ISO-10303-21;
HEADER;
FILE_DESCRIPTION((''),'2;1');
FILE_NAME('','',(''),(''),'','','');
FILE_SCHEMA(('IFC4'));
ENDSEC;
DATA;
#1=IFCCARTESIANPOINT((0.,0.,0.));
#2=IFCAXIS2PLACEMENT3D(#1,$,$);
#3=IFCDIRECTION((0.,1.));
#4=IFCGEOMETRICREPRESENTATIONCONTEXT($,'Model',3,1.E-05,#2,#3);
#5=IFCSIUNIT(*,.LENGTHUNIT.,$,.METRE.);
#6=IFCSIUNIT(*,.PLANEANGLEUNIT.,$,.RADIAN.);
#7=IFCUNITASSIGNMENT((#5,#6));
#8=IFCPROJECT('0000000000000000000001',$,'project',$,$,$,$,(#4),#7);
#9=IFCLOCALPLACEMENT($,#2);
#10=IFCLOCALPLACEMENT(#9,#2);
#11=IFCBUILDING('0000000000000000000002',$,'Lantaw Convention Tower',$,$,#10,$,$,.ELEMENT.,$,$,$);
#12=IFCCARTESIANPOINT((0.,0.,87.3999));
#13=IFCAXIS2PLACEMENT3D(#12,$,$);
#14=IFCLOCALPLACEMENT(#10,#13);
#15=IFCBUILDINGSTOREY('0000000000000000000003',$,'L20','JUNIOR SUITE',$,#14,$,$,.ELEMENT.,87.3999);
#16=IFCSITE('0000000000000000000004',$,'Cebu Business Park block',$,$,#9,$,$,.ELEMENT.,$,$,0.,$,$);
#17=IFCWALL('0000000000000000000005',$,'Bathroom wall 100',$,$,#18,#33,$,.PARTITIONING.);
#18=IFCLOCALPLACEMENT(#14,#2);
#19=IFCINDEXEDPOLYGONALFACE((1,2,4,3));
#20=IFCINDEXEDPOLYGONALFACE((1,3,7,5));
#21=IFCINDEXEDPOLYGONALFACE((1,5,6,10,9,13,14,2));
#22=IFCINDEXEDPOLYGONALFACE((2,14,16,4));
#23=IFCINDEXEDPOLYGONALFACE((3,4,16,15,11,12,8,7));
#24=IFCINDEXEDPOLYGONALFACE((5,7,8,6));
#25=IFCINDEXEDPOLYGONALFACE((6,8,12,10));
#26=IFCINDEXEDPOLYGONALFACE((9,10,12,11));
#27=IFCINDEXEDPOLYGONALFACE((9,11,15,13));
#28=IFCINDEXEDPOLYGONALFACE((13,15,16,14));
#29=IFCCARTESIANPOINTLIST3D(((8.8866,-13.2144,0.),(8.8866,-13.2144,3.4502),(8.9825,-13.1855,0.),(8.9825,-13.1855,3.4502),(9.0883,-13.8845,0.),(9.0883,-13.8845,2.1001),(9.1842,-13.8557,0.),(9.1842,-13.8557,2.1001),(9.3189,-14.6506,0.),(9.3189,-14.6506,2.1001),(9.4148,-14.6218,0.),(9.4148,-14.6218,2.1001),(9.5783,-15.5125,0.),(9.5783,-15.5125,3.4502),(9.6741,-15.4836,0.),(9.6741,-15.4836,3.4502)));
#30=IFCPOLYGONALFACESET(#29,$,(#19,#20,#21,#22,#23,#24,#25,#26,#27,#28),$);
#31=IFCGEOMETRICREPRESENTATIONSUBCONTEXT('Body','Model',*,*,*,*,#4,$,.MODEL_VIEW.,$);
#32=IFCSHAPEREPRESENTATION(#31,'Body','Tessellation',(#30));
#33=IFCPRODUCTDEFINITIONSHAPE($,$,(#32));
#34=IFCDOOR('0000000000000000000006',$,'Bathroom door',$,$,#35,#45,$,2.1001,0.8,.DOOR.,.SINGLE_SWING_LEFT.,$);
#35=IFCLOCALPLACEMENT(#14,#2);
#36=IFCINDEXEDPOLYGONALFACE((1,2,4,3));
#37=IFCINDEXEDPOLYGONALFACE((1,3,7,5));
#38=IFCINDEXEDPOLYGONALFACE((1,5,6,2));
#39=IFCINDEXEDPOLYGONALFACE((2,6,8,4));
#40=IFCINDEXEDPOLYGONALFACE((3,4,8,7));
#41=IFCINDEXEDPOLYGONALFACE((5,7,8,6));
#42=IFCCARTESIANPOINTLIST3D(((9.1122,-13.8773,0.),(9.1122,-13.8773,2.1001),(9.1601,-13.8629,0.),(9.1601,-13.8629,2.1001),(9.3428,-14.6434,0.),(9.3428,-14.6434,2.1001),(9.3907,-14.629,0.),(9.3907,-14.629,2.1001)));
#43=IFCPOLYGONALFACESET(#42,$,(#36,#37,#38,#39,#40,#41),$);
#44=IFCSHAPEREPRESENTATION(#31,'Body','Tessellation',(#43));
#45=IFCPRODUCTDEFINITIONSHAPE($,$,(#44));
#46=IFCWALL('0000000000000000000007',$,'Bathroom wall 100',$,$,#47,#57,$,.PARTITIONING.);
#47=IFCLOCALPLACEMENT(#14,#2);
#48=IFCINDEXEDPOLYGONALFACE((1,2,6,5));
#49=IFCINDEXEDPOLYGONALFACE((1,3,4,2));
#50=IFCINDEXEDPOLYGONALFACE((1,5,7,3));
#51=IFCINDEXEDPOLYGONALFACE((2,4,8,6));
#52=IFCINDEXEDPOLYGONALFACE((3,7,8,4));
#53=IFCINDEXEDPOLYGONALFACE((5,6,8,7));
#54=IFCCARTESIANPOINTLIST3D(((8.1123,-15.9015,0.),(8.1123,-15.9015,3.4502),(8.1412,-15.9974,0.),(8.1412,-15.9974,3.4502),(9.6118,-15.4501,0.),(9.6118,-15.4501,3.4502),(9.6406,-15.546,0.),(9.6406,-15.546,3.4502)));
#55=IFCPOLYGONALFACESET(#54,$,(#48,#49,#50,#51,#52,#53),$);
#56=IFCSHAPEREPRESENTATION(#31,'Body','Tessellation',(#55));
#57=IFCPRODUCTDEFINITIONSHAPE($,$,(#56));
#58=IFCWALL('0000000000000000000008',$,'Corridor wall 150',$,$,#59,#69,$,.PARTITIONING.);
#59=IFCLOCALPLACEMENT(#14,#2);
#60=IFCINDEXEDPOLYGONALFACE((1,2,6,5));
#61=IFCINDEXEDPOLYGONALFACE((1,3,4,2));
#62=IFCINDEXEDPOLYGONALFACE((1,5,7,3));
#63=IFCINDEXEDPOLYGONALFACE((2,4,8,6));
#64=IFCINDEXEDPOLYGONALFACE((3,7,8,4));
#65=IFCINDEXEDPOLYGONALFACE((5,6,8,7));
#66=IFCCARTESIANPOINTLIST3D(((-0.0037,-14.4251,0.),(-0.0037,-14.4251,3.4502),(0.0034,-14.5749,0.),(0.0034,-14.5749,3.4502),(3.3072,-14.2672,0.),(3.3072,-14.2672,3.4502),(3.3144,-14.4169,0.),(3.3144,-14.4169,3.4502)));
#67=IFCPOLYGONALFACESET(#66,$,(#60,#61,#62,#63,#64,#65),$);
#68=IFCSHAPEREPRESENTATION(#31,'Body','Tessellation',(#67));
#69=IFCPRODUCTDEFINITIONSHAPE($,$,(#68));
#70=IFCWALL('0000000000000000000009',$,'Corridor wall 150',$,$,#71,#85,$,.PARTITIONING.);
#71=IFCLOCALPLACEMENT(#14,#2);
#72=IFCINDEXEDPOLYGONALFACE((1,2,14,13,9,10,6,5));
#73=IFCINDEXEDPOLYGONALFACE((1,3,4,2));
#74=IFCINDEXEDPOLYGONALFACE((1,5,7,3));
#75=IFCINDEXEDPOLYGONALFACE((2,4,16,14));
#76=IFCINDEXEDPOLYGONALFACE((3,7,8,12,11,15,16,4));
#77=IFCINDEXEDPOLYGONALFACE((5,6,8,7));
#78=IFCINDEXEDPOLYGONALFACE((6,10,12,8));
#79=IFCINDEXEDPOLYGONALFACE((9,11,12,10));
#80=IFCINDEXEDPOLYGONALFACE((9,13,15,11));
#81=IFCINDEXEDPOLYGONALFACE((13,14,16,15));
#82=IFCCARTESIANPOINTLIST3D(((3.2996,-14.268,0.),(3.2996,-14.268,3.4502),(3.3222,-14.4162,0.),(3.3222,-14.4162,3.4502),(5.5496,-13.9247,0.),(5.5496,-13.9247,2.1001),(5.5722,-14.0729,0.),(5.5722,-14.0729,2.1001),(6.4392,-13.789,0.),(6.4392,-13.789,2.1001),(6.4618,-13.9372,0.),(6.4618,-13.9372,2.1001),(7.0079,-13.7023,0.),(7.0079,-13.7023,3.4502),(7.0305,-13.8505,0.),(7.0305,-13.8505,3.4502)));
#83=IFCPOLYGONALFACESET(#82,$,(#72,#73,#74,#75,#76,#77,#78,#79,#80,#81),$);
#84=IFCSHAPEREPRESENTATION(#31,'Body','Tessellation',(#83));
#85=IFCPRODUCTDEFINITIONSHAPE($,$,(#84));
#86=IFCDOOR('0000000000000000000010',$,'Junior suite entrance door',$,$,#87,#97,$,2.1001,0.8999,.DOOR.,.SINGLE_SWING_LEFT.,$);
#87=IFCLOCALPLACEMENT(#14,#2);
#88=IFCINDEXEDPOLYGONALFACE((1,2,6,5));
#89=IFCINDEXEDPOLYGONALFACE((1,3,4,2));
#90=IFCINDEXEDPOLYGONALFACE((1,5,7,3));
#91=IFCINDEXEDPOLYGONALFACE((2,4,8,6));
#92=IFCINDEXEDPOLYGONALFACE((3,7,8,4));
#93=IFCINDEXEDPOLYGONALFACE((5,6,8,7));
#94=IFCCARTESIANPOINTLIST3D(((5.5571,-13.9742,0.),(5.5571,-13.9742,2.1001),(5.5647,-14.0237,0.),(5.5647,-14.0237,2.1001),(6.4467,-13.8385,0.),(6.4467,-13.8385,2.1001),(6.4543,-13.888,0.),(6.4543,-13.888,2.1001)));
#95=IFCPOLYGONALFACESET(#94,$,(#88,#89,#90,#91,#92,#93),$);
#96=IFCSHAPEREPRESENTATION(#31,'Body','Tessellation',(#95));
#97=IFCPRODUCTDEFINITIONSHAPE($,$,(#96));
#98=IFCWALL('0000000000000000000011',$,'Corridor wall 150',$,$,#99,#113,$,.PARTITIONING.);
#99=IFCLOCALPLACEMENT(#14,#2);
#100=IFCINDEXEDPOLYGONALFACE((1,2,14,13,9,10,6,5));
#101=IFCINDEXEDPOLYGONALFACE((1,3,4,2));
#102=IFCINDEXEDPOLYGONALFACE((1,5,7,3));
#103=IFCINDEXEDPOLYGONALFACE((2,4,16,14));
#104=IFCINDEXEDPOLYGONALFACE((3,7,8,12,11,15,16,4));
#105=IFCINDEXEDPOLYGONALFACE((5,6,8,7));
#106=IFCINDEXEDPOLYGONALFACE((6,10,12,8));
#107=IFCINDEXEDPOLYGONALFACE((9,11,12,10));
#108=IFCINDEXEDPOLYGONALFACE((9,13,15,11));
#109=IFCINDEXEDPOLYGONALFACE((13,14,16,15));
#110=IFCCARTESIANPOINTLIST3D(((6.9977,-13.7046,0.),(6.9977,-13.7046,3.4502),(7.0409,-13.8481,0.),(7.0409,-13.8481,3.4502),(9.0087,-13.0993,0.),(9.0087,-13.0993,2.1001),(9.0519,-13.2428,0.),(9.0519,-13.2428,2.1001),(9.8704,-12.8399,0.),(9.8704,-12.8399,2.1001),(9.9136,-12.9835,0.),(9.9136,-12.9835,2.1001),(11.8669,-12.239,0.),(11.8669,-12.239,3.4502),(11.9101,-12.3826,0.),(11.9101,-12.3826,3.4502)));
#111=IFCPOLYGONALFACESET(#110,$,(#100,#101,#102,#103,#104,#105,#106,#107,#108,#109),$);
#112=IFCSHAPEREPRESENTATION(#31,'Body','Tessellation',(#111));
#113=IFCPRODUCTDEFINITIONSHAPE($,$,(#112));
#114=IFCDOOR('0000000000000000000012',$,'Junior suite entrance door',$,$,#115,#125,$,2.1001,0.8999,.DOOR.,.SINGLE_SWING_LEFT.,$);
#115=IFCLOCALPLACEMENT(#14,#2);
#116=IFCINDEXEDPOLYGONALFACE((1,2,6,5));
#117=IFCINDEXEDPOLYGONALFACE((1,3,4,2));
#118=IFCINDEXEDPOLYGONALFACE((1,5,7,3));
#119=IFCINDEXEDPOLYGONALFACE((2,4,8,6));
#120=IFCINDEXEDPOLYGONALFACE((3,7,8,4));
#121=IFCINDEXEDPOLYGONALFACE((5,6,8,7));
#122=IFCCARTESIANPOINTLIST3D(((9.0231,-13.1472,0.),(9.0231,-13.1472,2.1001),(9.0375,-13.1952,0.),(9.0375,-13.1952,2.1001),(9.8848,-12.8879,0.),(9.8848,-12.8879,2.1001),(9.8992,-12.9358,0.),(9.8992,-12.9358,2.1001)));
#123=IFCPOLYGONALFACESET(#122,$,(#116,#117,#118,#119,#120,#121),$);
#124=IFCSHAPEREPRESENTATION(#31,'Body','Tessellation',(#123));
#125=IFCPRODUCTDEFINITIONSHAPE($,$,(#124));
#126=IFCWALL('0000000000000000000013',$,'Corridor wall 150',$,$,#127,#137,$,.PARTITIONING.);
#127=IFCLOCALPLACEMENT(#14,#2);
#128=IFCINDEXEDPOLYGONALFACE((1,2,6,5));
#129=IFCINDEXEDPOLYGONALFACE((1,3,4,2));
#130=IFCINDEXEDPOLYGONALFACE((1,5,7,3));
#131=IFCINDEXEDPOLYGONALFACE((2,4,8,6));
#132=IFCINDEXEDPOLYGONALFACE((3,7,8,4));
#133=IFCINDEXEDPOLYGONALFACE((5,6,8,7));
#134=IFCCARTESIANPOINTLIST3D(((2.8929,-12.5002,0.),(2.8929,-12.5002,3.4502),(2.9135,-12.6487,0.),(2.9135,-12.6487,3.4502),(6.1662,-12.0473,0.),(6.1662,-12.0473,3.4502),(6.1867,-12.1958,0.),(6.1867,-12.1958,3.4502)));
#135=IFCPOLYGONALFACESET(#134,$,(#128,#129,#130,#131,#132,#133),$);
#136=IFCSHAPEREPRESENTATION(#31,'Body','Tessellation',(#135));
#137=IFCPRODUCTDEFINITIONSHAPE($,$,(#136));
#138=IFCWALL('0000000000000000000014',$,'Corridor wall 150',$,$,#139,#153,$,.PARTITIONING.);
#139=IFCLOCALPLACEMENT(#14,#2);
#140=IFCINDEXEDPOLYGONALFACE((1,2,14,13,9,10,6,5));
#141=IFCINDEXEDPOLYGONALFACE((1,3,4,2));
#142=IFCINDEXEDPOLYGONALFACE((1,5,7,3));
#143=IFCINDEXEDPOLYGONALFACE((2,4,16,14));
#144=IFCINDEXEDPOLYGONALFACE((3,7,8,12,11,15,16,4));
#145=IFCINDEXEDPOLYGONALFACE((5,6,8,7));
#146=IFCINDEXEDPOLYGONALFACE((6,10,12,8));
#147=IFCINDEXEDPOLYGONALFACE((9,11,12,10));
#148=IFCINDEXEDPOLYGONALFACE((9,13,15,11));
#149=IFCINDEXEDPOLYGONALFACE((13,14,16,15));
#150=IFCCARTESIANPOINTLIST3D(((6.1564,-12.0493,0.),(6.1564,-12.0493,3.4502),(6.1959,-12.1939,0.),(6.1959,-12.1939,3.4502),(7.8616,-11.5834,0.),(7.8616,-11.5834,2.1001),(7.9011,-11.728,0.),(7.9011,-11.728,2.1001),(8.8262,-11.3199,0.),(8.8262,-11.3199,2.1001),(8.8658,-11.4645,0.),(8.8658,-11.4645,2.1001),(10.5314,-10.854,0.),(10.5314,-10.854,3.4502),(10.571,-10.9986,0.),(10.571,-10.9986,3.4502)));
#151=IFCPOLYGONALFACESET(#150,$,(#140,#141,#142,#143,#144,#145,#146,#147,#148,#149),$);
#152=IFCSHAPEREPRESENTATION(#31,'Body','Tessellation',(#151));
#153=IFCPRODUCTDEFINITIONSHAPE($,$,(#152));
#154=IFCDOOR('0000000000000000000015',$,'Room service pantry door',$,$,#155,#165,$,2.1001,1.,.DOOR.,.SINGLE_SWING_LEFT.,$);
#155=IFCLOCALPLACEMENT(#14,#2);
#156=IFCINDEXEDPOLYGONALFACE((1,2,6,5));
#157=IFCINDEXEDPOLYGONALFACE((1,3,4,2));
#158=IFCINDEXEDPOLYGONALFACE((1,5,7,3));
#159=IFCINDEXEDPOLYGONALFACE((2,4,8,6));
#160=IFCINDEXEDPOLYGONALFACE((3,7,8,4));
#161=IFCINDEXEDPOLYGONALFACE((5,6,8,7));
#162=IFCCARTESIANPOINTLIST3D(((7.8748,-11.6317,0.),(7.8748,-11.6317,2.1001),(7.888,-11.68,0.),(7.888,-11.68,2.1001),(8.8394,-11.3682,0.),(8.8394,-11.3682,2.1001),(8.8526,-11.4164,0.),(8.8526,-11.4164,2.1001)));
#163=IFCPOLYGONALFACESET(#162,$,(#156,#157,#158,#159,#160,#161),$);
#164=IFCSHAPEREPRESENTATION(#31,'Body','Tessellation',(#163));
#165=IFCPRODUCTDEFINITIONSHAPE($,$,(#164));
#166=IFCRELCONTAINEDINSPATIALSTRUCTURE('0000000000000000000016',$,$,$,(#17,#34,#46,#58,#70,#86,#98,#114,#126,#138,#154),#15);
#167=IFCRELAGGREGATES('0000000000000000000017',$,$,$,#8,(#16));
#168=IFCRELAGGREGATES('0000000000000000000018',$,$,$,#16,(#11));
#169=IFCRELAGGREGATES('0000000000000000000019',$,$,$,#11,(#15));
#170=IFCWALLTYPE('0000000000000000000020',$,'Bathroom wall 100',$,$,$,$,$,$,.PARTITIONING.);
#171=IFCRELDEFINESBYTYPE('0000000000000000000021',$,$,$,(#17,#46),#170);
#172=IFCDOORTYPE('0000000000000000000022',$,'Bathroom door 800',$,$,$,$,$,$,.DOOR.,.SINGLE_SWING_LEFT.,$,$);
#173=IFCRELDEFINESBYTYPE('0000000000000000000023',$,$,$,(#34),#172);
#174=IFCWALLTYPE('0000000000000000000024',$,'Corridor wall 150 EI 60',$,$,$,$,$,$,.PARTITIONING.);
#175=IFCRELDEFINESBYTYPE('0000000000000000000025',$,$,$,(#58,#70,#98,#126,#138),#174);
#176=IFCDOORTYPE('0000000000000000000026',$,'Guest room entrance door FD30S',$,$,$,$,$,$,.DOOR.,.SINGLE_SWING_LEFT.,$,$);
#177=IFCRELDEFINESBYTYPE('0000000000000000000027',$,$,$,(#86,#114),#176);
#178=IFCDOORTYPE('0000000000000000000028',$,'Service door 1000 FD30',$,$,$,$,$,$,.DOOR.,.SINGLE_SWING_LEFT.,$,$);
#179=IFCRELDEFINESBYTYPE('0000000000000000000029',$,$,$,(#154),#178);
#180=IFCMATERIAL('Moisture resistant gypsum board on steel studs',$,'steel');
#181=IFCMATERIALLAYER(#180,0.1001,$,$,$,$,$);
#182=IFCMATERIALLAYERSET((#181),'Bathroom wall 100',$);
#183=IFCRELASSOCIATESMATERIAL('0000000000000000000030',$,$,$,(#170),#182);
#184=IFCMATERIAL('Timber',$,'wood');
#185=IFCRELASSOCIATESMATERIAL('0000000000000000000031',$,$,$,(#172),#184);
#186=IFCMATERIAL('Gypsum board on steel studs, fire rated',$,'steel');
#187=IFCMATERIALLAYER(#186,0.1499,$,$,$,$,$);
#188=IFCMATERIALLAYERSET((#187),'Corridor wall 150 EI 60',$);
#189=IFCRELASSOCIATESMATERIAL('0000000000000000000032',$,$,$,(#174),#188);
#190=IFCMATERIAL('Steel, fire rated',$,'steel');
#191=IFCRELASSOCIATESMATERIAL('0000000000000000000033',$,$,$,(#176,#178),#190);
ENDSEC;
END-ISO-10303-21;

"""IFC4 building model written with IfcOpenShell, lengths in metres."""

from ifc_helpers import new_model, si_unit, direction, frame, frame_2d, origin, place, context, subcontext, project, spatial, rectangle, extrude, material, layer, layer_set, type_object, element, fill, save


model = new_model("IFC4")

# Units and contexts
model_context = context("Model", 3, precision=1e-05, world=origin(), true_north=direction((0.0, 1.0)))
body_context = subcontext(model_context, "Body", "Model", "MODEL_VIEW")
ifc_project = project(units=[si_unit("LENGTHUNIT", "METRE"), si_unit("PLANEANGLEUNIT", "RADIAN")], contexts=[model_context])

# Site, building, storey
site_placement = place(None, origin())
site = spatial("IfcSite", under=ifc_project, at=site_placement, Name="Cebu Business Park block", CompositionType="ELEMENT", RefElevation=0.0)
building_placement = place(site_placement, origin())
building = spatial("IfcBuilding", under=site, at=building_placement, Name="Lantaw Convention Tower", CompositionType="ELEMENT")
storey_placement = place(building_placement, frame((0.0, 0.0, 87.3999)))
storey = spatial("IfcBuildingStorey", under=building, at=storey_placement, Name="L20", Description="JUNIOR SUITE", CompositionType="ELEMENT", Elevation=87.3999)

# Shared definitions
ifc_material_1 = material(Name="Moisture resistant gypsum board on steel studs", Category="steel")
ifc_layer_1 = layer(ifc_material_1, 0.1001)
ifc_layer_set_1 = layer_set([ifc_layer_1], Name="Bathroom wall 100")
wall_type_1 = type_object("IfcWallType", Name="Bathroom wall 100", PredefinedType="PARTITIONING", material=ifc_layer_set_1)
ifc_material_2 = material(Name="Timber", Category="wood")
door_type_1 = type_object("IfcDoorType", Name="Bathroom door 800", OperationType="SINGLE_SWING_LEFT", PredefinedType="DOOR", material=ifc_material_2)

# Wall, opening, door
wall_1_placement = place(storey_placement, frame((8.9346, -13.2, 0.0), z_axis=(0.0, 0.0, 1.0), x_axis=(0.288197, -0.957571, 0.0)))
wall_1 = element("IfcWall", 1, at=wall_1_placement, inside=storey, type_object=wall_type_1, Name="Bathroom wall 100", PredefinedType="PARTITIONING", context=body_context, shape_type="SweptSolid", body=[
    extrude(rectangle(XDim=2.3999, YDim=0.1001, at=frame_2d((1.2, 0.0))), origin(), (0.0, 0.0, 1.0), 3.4502),
])
opening_1_placement = place(wall_1_placement, frame((0.7, 0.0, 0.0)))
opening_1 = element("IfcOpeningElement", 2, at=opening_1_placement, cuts=wall_1, PredefinedType="OPENING", context=body_context, shape_type="SweptSolid", body=[
    extrude(rectangle(XDim=0.8, YDim=2.1001, at=frame_2d((0.3999, 1.05))), frame((0.0, 0.0601, 0.0), z_axis=(0.0, -1.0, 0.0), x_axis=(1.0, 0.0, 0.0)), (0.0, 0.0, 1.0), 0.1201),
])
door_1_placement = place(opening_1_placement, origin())
door_1 = element("IfcDoor", 3, at=door_1_placement, inside=storey, type_object=door_type_1, Name="Bathroom door", OperationType="SINGLE_SWING_LEFT", OverallHeight=2.1001, OverallWidth=0.8, PredefinedType="DOOR", context=body_context, shape_type="SweptSolid", body=[
    extrude(rectangle(XDim=0.8, YDim=2.1001, at=frame_2d((0.3999, 1.05))), frame((0.0, 0.0249, 0.0), z_axis=(0.0, -1.0, 0.0), x_axis=(1.0, 0.0, 0.0)), (0.0, 0.0, 1.0), 0.05),
])
fill(opening_1, door_1)

# Walls
wall_2_placement = place(storey_placement, frame((9.6262, -15.498, 0.0), z_axis=(0.0, 0.0, 1.0), x_axis=(-0.957551, -0.288263, 0.0)))
element("IfcWall", 4, at=wall_2_placement, inside=storey, type_object=wall_type_1, Name="Bathroom wall 100", PredefinedType="PARTITIONING", context=body_context, shape_type="SweptSolid", body=[
    extrude(rectangle(XDim=1.5659, YDim=0.1001, at=frame_2d((0.783, 0.0))), origin(), (0.0, 0.0, 1.0), 3.4502),
])
ifc_material_3 = material(Name="Gypsum board on steel studs, fire rated", Category="steel")
ifc_layer_2 = layer(ifc_material_3, 0.1499)
ifc_layer_set_2 = layer_set([ifc_layer_2], Name="Corridor wall 150 EI 60")
wall_type_2 = type_object("IfcWallType", Name="Corridor wall 150 EI 60", PredefinedType="PARTITIONING", material=ifc_layer_set_2)
wall_3_placement = place(storey_placement, frame((0.0, -14.5, 0.0), z_axis=(0.0, 0.0, 1.0), x_axis=(0.998864, 0.047653, 0.0)))
element("IfcWall", 5, at=wall_3_placement, inside=storey, type_object=wall_type_2, Name="Corridor wall 150", PredefinedType="PARTITIONING", context=body_context, shape_type="SweptSolid", body=[
    extrude(rectangle(XDim=3.3147, YDim=0.1499, at=frame_2d((1.6572, 0.0))), origin(), (0.0, 0.0, 1.0), 3.4502),
])

# Walls, openings, doors
wall_4_placement = place(storey_placement, frame((3.311, -14.342, 0.0), z_axis=(0.0, 0.0, 1.0), x_axis=(0.988564, 0.1508, 0.0)))
wall_4 = element("IfcWall", 6, at=wall_4_placement, inside=storey, type_object=wall_type_2, Name="Corridor wall 150", PredefinedType="PARTITIONING", context=body_context, shape_type="SweptSolid", body=[
    extrude(rectangle(XDim=3.7512, YDim=0.1499, at=frame_2d((1.8755, 0.0))), origin(), (0.0, 0.0, 1.0), 3.4502),
])
opening_2_placement = place(wall_4_placement, frame((2.2759, 0.0, 0.0)))
opening_2 = element("IfcOpeningElement", 7, at=opening_2_placement, cuts=wall_4, PredefinedType="OPENING", context=body_context, shape_type="SweptSolid", body=[
    extrude(rectangle(XDim=0.8999, YDim=2.1001, at=frame_2d((0.45, 1.05))), frame((0.0, 0.085, 0.0), z_axis=(0.0, -1.0, 0.0), x_axis=(1.0, 0.0, 0.0)), (0.0, 0.0, 1.0), 0.1699),
])
ifc_material_4 = material(Name="Steel, fire rated", Category="steel")
door_type_2 = type_object("IfcDoorType", Name="Guest room entrance door FD30S", OperationType="SINGLE_SWING_LEFT", PredefinedType="DOOR", material=ifc_material_4)
door_2_placement = place(opening_2_placement, origin())
door_2 = element("IfcDoor", 8, at=door_2_placement, inside=storey, type_object=door_type_2, Name="Junior suite entrance door", OperationType="SINGLE_SWING_LEFT", OverallHeight=2.1001, OverallWidth=0.8999, PredefinedType="DOOR", context=body_context, shape_type="SweptSolid", body=[
    extrude(rectangle(XDim=0.8999, YDim=2.1001, at=frame_2d((0.45, 1.05))), frame((0.0, 0.0249, 0.0), z_axis=(0.0, -1.0, 0.0), x_axis=(1.0, 0.0, 0.0)), (0.0, 0.0, 1.0), 0.05),
])
fill(opening_2, door_2)
wall_5_placement = place(storey_placement, frame((7.0193, -13.7764, 0.0), z_axis=(0.0, 0.0, 1.0), x_axis=(0.957564, 0.28822, 0.0)))
wall_5 = element("IfcWall", 9, at=wall_5_placement, inside=storey, type_object=wall_type_2, Name="Corridor wall 150", PredefinedType="PARTITIONING", context=body_context, shape_type="SweptSolid", body=[
    extrude(rectangle(XDim=5.085, YDim=0.1499, at=frame_2d((2.5425, 0.0))), origin(), (0.0, 0.0, 1.0), 3.4502),
])
opening_3_placement = place(wall_5_placement, frame((2.1001, 0.0, 0.0)))
opening_3 = element("IfcOpeningElement", 10, at=opening_3_placement, cuts=wall_5, PredefinedType="OPENING", context=body_context, shape_type="SweptSolid", body=[
    extrude(rectangle(XDim=0.8999, YDim=2.1001, at=frame_2d((0.45, 1.05))), frame((0.0, 0.085, 0.0), z_axis=(0.0, -1.0, 0.0), x_axis=(1.0, 0.0, 0.0)), (0.0, 0.0, 1.0), 0.1699),
])
door_3_placement = place(opening_3_placement, origin())
door_3 = element("IfcDoor", 11, at=door_3_placement, inside=storey, type_object=door_type_2, Name="Junior suite entrance door", OperationType="SINGLE_SWING_LEFT", OverallHeight=2.1001, OverallWidth=0.8999, PredefinedType="DOOR", context=body_context, shape_type="SweptSolid", body=[
    extrude(rectangle(XDim=0.8999, YDim=2.1001, at=frame_2d((0.45, 1.05))), frame((0.0, 0.0249, 0.0), z_axis=(0.0, -1.0, 0.0), x_axis=(1.0, 0.0, 0.0)), (0.0, 0.0, 1.0), 0.05),
])
fill(opening_3, door_3)

# Wall
wall_6_placement = place(storey_placement, frame((2.9031, -12.5745, 0.0), z_axis=(0.0, 0.0, 1.0), x_axis=(0.990563, 0.137055, 0.0)))
element("IfcWall", 12, at=wall_6_placement, inside=storey, type_object=wall_type_2, Name="Corridor wall 150", PredefinedType="PARTITIONING", context=body_context, shape_type="SweptSolid", body=[
    extrude(rectangle(XDim=3.3044, YDim=0.1499, at=frame_2d((1.6523, 0.0))), origin(), (0.0, 0.0, 1.0), 3.4502),
])

# Wall, opening, door
wall_7_placement = place(storey_placement, frame((6.1763, -12.1216, 0.0), z_axis=(0.0, 0.0, 1.0), x_axis=(0.964644, 0.263555, 0.0)))
wall_7 = element("IfcWall", 13, at=wall_7_placement, inside=storey, type_object=wall_type_2, Name="Corridor wall 150", PredefinedType="PARTITIONING", context=body_context, shape_type="SweptSolid", body=[
    extrude(rectangle(XDim=4.5354, YDim=0.1499, at=frame_2d((2.2676, 0.0))), origin(), (0.0, 0.0, 1.0), 3.4502),
])
opening_4_placement = place(wall_7_placement, frame((1.7676, 0.0, 0.0)))
opening_4 = element("IfcOpeningElement", 14, at=opening_4_placement, cuts=wall_7, PredefinedType="OPENING", context=body_context, shape_type="SweptSolid", body=[
    extrude(rectangle(XDim=1.0, YDim=2.1001, at=frame_2d((0.5, 1.05))), frame((0.0, 0.085, 0.0), z_axis=(0.0, -1.0, 0.0), x_axis=(1.0, 0.0, 0.0)), (0.0, 0.0, 1.0), 0.1699),
])
door_type_3 = type_object("IfcDoorType", Name="Service door 1000 FD30", OperationType="SINGLE_SWING_LEFT", PredefinedType="DOOR", material=ifc_material_4)
door_4_placement = place(opening_4_placement, origin())
door_4 = element("IfcDoor", 15, at=door_4_placement, inside=storey, type_object=door_type_3, Name="Room service pantry door", OperationType="SINGLE_SWING_LEFT", OverallHeight=2.1001, OverallWidth=1.0, PredefinedType="DOOR", context=body_context, shape_type="SweptSolid", body=[
    extrude(rectangle(XDim=1.0, YDim=2.1001, at=frame_2d((0.5, 1.05))), frame((0.0, 0.0249, 0.0), z_axis=(0.0, -1.0, 0.0), x_axis=(1.0, 0.0, 0.0)), (0.0, 0.0, 1.0), 0.05),
])
fill(opening_4, door_4)

save(model, "model.ifc")
